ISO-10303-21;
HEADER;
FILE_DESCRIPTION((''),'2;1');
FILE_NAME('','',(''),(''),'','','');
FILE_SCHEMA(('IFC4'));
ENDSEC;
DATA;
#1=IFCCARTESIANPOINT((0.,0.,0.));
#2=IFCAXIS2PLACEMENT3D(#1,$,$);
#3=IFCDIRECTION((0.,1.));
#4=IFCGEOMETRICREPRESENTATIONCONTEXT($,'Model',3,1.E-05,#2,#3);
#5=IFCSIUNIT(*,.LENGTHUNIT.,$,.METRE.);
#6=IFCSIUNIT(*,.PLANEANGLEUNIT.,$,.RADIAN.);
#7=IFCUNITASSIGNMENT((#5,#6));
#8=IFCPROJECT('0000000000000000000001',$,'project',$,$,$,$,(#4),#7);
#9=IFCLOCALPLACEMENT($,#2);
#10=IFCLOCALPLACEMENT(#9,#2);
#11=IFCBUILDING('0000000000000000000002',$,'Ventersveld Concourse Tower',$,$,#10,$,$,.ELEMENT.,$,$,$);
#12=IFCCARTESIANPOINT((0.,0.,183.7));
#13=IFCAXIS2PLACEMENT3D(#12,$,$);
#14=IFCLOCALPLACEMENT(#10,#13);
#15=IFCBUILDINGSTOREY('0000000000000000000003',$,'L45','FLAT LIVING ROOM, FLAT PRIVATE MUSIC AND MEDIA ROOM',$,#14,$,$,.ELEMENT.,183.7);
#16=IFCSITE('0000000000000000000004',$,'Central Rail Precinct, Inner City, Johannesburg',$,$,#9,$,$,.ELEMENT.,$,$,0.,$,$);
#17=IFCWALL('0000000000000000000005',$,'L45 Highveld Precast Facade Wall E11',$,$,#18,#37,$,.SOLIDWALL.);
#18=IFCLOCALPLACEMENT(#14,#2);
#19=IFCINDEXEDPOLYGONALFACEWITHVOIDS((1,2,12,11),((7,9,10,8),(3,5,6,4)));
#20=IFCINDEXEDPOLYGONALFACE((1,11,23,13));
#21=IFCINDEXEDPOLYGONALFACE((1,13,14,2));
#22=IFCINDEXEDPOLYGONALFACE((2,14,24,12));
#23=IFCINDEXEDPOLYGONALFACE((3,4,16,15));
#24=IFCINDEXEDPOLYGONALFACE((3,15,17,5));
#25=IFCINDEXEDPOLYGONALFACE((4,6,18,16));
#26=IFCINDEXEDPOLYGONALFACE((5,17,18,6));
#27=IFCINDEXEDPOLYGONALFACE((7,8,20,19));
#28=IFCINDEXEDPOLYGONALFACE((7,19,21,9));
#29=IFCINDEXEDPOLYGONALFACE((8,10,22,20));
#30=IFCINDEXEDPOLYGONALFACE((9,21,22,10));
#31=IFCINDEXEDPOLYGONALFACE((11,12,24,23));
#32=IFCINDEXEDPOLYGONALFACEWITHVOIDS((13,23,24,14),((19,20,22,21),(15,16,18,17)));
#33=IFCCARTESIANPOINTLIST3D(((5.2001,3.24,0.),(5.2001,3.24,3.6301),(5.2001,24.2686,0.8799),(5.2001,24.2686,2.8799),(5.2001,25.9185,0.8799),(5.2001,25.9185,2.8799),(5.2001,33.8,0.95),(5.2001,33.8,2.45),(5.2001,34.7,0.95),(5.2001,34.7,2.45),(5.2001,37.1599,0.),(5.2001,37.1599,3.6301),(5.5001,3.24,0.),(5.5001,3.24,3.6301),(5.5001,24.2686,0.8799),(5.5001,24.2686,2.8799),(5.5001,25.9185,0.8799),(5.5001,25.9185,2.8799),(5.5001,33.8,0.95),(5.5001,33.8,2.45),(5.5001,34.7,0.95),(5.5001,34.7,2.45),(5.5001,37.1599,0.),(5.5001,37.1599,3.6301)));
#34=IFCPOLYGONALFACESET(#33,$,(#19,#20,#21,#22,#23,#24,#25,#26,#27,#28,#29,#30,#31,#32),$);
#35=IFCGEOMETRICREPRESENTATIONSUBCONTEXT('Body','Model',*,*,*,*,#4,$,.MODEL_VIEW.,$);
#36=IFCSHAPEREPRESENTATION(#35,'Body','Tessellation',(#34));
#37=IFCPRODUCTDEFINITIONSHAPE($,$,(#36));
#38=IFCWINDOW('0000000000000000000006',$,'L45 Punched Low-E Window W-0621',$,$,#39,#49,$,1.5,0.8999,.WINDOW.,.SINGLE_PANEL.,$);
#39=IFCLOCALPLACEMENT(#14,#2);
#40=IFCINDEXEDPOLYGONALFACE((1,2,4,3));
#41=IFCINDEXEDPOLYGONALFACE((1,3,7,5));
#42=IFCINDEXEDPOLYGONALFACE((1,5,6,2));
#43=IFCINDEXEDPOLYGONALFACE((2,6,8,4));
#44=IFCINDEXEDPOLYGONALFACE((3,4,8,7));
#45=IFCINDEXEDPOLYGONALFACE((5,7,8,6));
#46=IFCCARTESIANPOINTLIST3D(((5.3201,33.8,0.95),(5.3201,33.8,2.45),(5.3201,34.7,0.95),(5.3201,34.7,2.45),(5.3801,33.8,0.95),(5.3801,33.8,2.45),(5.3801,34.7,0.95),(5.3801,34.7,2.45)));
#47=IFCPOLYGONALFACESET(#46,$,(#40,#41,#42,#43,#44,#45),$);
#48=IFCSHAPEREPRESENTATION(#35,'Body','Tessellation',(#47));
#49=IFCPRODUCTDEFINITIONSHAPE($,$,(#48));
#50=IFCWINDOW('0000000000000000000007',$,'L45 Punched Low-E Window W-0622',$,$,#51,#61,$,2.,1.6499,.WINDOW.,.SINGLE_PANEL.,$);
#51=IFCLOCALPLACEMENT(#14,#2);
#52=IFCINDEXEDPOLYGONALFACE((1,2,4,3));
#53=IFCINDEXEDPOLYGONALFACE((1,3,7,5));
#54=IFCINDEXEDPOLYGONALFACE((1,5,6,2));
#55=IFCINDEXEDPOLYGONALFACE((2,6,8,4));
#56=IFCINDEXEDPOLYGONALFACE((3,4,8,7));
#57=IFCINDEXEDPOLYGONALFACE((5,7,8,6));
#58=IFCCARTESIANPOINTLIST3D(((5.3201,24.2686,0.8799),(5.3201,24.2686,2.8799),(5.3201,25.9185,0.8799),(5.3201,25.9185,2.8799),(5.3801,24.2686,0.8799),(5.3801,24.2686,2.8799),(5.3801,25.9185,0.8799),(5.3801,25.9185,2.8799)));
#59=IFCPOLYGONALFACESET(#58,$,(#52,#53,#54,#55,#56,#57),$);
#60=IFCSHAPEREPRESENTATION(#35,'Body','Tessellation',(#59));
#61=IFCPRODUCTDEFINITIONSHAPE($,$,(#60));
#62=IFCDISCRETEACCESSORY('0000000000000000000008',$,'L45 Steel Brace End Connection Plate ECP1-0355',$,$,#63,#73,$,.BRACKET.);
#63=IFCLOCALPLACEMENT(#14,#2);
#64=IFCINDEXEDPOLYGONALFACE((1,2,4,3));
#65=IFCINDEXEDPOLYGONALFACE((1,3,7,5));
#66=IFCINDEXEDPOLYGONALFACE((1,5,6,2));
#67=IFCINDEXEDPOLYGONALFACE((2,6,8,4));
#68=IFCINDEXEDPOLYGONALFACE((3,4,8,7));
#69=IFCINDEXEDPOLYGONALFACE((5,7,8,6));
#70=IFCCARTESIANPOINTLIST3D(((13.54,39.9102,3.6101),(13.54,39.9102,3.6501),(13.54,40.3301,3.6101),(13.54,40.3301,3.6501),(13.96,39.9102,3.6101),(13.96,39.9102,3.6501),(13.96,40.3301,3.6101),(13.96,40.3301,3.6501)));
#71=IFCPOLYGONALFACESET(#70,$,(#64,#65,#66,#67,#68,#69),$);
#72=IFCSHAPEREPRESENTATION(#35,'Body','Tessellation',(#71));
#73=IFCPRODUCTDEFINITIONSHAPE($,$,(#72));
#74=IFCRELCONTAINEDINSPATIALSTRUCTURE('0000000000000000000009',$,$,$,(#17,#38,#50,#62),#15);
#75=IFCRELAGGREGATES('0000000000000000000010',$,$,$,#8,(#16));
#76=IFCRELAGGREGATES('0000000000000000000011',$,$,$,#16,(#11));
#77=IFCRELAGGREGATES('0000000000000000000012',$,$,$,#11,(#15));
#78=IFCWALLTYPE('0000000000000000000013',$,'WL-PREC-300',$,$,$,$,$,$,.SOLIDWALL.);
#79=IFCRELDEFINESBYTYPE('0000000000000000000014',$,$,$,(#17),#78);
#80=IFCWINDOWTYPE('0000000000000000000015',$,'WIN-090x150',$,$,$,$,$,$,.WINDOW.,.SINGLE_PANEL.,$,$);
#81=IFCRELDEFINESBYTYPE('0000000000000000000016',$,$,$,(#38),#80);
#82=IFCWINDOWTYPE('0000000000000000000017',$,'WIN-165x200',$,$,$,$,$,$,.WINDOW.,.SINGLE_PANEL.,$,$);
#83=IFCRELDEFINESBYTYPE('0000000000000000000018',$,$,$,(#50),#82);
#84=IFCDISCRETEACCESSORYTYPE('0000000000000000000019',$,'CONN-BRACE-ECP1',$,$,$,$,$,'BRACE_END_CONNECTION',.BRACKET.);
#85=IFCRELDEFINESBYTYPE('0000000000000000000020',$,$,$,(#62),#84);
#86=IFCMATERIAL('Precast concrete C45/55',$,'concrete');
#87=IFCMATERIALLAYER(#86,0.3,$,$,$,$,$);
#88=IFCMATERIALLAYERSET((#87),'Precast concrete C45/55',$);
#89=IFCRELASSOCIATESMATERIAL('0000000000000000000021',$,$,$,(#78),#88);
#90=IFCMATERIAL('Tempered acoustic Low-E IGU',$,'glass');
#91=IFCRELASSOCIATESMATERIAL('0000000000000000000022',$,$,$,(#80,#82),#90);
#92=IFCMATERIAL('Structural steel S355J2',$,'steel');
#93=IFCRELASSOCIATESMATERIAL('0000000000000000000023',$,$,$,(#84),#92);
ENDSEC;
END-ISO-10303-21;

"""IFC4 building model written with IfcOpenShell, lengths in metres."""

from ifc_helpers import new_model, si_unit, direction, frame, frame_2d, origin, origin_2d, place, context, subcontext, project, spatial, rectangle, extrude, material, layer, layer_set, type_object, element, fill, save


model = new_model("IFC4")

# Units and contexts
model_context = context("Model", 3, precision=1e-05, world=origin(), true_north=direction((0.0, 1.0)))
body_context = subcontext(model_context, "Body", "Model", "MODEL_VIEW")
ifc_project = project(units=[si_unit("LENGTHUNIT", "METRE"), si_unit("PLANEANGLEUNIT", "RADIAN")], contexts=[model_context])

# Site, building, storey
site_placement = place(None, origin())
site = spatial("IfcSite", under=ifc_project, at=site_placement, Name="Central Rail Precinct, Inner City, Johannesburg", CompositionType="ELEMENT", RefElevation=0.0)
building_placement = place(site_placement, origin())
building = spatial("IfcBuilding", under=site, at=building_placement, Name="Ventersveld Concourse Tower", CompositionType="ELEMENT")
storey_placement = place(building_placement, frame((0.0, 0.0, 183.7)))
storey = spatial("IfcBuildingStorey", under=building, at=storey_placement, Name="L45", Description="FLAT LIVING ROOM, FLAT PRIVATE MUSIC AND MEDIA ROOM", CompositionType="ELEMENT", Elevation=183.7)

# Shared definitions
ifc_material_1 = material(Name="Structural steel S355J2", Category="steel")

# Shared definitions
ifc_material_2 = material(Name="Precast concrete C45/55", Category="concrete")
ifc_layer_1 = layer(ifc_material_2, 0.3)
ifc_layer_set_1 = layer_set([ifc_layer_1], Name="Precast concrete C45/55")
wall_type_1 = type_object("IfcWallType", Name="WL-PREC-300", PredefinedType="SOLIDWALL", material=ifc_layer_set_1)

# Wall, openings, windows
wall_1_placement = place(storey_placement, frame((5.3501, 37.1599, 0.0), z_axis=(0.0, 0.0, 1.0), x_axis=(0.0, -1.0, 0.0)))
wall_1 = element("IfcWall", 1, at=wall_1_placement, inside=storey, type_object=wall_type_1, Name="L45 Highveld Precast Facade Wall E11", PredefinedType="SOLIDWALL", context=body_context, shape_type="SweptSolid", body=[
    extrude(rectangle(XDim=33.9199, YDim=0.3, at=frame_2d((16.96, 0.0))), origin(), (0.0, 0.0, 1.0), 3.6301),
])
opening_1_placement = place(wall_1_placement, frame((2.46, 0.0, 0.95)))
opening_1 = element("IfcOpeningElement", 2, at=opening_1_placement, cuts=wall_1, PredefinedType="OPENING", context=body_context, shape_type="SweptSolid", body=[
    extrude(rectangle(XDim=0.8999, YDim=1.5, at=frame_2d((0.45, 0.75))), frame((0.0, 0.1602, 0.0), z_axis=(0.0, -1.0, 0.0), x_axis=(1.0, 0.0, 0.0)), (0.0, 0.0, 1.0), 0.3201),
])
opening_2_placement = place(wall_1_placement, frame((11.2415, 0.0, 0.8799)))
opening_2 = element("IfcOpeningElement", 3, at=opening_2_placement, cuts=wall_1, PredefinedType="OPENING", context=body_context, shape_type="SweptSolid", body=[
    extrude(rectangle(XDim=1.6499, YDim=2.0, at=frame_2d((0.825, 1.0))), frame((0.0, 0.1602, 0.0), z_axis=(0.0, -1.0, 0.0), x_axis=(1.0, 0.0, 0.0)), (0.0, 0.0, 1.0), 0.3201),
])
ifc_material_3 = material(Name="Tempered acoustic Low-E IGU", Category="glass")
window_type_1 = type_object("IfcWindowType", Name="WIN-090x150", PartitioningType="SINGLE_PANEL", PredefinedType="WINDOW", material=ifc_material_3)
window_1_placement = place(opening_1_placement, origin())
window_1 = element("IfcWindow", 4, at=window_1_placement, inside=storey, type_object=window_type_1, Name="L45 Punched Low-E Window W-0621", OverallHeight=1.5, OverallWidth=0.8999, PartitioningType="SINGLE_PANEL", PredefinedType="WINDOW", context=body_context, shape_type="SweptSolid", body=[
    extrude(rectangle(XDim=0.8999, YDim=1.5, at=frame_2d((0.45, 0.75))), frame((0.0, 0.03, 0.0), z_axis=(0.0, -1.0, 0.0), x_axis=(1.0, 0.0, 0.0)), (0.0, 0.0, 1.0), 0.0601),
])
fill(opening_1, window_1)
window_type_2 = type_object("IfcWindowType", Name="WIN-165x200", PartitioningType="SINGLE_PANEL", PredefinedType="WINDOW", material=ifc_material_3)
window_2_placement = place(opening_2_placement, origin())
window_2 = element("IfcWindow", 5, at=window_2_placement, inside=storey, type_object=window_type_2, Name="L45 Punched Low-E Window W-0622", OverallHeight=2.0, OverallWidth=1.6499, PartitioningType="SINGLE_PANEL", PredefinedType="WINDOW", context=body_context, shape_type="SweptSolid", body=[
    extrude(rectangle(XDim=1.6499, YDim=2.0, at=frame_2d((0.825, 1.0))), frame((0.0, 0.03, 0.0), z_axis=(0.0, -1.0, 0.0), x_axis=(1.0, 0.0, 0.0)), (0.0, 0.0, 1.0), 0.0601),
])
fill(opening_2, window_2)

# Discrete accessory
discrete_accessory_type = type_object("IfcDiscreteAccessoryType", Name="CONN-BRACE-ECP1", ElementType="BRACE_END_CONNECTION", PredefinedType="BRACKET", material=ifc_material_1)
discrete_accessory_placement = place(storey_placement, frame((13.75, 40.1201, 3.6101), z_axis=(0.0, 0.0, 1.0), x_axis=(1.0, 0.0, 0.0)))
element("IfcDiscreteAccessory", 6, at=discrete_accessory_placement, inside=storey, type_object=discrete_accessory_type, Name="L45 Steel Brace End Connection Plate ECP1-0355", PredefinedType="BRACKET", context=body_context, shape_type="SweptSolid", body=[
    extrude(rectangle(XDim=0.4199, YDim=0.4199, at=origin_2d()), origin(), (0.0, 0.0, 1.0), 0.04),
])

save(model, "model.ifc")
